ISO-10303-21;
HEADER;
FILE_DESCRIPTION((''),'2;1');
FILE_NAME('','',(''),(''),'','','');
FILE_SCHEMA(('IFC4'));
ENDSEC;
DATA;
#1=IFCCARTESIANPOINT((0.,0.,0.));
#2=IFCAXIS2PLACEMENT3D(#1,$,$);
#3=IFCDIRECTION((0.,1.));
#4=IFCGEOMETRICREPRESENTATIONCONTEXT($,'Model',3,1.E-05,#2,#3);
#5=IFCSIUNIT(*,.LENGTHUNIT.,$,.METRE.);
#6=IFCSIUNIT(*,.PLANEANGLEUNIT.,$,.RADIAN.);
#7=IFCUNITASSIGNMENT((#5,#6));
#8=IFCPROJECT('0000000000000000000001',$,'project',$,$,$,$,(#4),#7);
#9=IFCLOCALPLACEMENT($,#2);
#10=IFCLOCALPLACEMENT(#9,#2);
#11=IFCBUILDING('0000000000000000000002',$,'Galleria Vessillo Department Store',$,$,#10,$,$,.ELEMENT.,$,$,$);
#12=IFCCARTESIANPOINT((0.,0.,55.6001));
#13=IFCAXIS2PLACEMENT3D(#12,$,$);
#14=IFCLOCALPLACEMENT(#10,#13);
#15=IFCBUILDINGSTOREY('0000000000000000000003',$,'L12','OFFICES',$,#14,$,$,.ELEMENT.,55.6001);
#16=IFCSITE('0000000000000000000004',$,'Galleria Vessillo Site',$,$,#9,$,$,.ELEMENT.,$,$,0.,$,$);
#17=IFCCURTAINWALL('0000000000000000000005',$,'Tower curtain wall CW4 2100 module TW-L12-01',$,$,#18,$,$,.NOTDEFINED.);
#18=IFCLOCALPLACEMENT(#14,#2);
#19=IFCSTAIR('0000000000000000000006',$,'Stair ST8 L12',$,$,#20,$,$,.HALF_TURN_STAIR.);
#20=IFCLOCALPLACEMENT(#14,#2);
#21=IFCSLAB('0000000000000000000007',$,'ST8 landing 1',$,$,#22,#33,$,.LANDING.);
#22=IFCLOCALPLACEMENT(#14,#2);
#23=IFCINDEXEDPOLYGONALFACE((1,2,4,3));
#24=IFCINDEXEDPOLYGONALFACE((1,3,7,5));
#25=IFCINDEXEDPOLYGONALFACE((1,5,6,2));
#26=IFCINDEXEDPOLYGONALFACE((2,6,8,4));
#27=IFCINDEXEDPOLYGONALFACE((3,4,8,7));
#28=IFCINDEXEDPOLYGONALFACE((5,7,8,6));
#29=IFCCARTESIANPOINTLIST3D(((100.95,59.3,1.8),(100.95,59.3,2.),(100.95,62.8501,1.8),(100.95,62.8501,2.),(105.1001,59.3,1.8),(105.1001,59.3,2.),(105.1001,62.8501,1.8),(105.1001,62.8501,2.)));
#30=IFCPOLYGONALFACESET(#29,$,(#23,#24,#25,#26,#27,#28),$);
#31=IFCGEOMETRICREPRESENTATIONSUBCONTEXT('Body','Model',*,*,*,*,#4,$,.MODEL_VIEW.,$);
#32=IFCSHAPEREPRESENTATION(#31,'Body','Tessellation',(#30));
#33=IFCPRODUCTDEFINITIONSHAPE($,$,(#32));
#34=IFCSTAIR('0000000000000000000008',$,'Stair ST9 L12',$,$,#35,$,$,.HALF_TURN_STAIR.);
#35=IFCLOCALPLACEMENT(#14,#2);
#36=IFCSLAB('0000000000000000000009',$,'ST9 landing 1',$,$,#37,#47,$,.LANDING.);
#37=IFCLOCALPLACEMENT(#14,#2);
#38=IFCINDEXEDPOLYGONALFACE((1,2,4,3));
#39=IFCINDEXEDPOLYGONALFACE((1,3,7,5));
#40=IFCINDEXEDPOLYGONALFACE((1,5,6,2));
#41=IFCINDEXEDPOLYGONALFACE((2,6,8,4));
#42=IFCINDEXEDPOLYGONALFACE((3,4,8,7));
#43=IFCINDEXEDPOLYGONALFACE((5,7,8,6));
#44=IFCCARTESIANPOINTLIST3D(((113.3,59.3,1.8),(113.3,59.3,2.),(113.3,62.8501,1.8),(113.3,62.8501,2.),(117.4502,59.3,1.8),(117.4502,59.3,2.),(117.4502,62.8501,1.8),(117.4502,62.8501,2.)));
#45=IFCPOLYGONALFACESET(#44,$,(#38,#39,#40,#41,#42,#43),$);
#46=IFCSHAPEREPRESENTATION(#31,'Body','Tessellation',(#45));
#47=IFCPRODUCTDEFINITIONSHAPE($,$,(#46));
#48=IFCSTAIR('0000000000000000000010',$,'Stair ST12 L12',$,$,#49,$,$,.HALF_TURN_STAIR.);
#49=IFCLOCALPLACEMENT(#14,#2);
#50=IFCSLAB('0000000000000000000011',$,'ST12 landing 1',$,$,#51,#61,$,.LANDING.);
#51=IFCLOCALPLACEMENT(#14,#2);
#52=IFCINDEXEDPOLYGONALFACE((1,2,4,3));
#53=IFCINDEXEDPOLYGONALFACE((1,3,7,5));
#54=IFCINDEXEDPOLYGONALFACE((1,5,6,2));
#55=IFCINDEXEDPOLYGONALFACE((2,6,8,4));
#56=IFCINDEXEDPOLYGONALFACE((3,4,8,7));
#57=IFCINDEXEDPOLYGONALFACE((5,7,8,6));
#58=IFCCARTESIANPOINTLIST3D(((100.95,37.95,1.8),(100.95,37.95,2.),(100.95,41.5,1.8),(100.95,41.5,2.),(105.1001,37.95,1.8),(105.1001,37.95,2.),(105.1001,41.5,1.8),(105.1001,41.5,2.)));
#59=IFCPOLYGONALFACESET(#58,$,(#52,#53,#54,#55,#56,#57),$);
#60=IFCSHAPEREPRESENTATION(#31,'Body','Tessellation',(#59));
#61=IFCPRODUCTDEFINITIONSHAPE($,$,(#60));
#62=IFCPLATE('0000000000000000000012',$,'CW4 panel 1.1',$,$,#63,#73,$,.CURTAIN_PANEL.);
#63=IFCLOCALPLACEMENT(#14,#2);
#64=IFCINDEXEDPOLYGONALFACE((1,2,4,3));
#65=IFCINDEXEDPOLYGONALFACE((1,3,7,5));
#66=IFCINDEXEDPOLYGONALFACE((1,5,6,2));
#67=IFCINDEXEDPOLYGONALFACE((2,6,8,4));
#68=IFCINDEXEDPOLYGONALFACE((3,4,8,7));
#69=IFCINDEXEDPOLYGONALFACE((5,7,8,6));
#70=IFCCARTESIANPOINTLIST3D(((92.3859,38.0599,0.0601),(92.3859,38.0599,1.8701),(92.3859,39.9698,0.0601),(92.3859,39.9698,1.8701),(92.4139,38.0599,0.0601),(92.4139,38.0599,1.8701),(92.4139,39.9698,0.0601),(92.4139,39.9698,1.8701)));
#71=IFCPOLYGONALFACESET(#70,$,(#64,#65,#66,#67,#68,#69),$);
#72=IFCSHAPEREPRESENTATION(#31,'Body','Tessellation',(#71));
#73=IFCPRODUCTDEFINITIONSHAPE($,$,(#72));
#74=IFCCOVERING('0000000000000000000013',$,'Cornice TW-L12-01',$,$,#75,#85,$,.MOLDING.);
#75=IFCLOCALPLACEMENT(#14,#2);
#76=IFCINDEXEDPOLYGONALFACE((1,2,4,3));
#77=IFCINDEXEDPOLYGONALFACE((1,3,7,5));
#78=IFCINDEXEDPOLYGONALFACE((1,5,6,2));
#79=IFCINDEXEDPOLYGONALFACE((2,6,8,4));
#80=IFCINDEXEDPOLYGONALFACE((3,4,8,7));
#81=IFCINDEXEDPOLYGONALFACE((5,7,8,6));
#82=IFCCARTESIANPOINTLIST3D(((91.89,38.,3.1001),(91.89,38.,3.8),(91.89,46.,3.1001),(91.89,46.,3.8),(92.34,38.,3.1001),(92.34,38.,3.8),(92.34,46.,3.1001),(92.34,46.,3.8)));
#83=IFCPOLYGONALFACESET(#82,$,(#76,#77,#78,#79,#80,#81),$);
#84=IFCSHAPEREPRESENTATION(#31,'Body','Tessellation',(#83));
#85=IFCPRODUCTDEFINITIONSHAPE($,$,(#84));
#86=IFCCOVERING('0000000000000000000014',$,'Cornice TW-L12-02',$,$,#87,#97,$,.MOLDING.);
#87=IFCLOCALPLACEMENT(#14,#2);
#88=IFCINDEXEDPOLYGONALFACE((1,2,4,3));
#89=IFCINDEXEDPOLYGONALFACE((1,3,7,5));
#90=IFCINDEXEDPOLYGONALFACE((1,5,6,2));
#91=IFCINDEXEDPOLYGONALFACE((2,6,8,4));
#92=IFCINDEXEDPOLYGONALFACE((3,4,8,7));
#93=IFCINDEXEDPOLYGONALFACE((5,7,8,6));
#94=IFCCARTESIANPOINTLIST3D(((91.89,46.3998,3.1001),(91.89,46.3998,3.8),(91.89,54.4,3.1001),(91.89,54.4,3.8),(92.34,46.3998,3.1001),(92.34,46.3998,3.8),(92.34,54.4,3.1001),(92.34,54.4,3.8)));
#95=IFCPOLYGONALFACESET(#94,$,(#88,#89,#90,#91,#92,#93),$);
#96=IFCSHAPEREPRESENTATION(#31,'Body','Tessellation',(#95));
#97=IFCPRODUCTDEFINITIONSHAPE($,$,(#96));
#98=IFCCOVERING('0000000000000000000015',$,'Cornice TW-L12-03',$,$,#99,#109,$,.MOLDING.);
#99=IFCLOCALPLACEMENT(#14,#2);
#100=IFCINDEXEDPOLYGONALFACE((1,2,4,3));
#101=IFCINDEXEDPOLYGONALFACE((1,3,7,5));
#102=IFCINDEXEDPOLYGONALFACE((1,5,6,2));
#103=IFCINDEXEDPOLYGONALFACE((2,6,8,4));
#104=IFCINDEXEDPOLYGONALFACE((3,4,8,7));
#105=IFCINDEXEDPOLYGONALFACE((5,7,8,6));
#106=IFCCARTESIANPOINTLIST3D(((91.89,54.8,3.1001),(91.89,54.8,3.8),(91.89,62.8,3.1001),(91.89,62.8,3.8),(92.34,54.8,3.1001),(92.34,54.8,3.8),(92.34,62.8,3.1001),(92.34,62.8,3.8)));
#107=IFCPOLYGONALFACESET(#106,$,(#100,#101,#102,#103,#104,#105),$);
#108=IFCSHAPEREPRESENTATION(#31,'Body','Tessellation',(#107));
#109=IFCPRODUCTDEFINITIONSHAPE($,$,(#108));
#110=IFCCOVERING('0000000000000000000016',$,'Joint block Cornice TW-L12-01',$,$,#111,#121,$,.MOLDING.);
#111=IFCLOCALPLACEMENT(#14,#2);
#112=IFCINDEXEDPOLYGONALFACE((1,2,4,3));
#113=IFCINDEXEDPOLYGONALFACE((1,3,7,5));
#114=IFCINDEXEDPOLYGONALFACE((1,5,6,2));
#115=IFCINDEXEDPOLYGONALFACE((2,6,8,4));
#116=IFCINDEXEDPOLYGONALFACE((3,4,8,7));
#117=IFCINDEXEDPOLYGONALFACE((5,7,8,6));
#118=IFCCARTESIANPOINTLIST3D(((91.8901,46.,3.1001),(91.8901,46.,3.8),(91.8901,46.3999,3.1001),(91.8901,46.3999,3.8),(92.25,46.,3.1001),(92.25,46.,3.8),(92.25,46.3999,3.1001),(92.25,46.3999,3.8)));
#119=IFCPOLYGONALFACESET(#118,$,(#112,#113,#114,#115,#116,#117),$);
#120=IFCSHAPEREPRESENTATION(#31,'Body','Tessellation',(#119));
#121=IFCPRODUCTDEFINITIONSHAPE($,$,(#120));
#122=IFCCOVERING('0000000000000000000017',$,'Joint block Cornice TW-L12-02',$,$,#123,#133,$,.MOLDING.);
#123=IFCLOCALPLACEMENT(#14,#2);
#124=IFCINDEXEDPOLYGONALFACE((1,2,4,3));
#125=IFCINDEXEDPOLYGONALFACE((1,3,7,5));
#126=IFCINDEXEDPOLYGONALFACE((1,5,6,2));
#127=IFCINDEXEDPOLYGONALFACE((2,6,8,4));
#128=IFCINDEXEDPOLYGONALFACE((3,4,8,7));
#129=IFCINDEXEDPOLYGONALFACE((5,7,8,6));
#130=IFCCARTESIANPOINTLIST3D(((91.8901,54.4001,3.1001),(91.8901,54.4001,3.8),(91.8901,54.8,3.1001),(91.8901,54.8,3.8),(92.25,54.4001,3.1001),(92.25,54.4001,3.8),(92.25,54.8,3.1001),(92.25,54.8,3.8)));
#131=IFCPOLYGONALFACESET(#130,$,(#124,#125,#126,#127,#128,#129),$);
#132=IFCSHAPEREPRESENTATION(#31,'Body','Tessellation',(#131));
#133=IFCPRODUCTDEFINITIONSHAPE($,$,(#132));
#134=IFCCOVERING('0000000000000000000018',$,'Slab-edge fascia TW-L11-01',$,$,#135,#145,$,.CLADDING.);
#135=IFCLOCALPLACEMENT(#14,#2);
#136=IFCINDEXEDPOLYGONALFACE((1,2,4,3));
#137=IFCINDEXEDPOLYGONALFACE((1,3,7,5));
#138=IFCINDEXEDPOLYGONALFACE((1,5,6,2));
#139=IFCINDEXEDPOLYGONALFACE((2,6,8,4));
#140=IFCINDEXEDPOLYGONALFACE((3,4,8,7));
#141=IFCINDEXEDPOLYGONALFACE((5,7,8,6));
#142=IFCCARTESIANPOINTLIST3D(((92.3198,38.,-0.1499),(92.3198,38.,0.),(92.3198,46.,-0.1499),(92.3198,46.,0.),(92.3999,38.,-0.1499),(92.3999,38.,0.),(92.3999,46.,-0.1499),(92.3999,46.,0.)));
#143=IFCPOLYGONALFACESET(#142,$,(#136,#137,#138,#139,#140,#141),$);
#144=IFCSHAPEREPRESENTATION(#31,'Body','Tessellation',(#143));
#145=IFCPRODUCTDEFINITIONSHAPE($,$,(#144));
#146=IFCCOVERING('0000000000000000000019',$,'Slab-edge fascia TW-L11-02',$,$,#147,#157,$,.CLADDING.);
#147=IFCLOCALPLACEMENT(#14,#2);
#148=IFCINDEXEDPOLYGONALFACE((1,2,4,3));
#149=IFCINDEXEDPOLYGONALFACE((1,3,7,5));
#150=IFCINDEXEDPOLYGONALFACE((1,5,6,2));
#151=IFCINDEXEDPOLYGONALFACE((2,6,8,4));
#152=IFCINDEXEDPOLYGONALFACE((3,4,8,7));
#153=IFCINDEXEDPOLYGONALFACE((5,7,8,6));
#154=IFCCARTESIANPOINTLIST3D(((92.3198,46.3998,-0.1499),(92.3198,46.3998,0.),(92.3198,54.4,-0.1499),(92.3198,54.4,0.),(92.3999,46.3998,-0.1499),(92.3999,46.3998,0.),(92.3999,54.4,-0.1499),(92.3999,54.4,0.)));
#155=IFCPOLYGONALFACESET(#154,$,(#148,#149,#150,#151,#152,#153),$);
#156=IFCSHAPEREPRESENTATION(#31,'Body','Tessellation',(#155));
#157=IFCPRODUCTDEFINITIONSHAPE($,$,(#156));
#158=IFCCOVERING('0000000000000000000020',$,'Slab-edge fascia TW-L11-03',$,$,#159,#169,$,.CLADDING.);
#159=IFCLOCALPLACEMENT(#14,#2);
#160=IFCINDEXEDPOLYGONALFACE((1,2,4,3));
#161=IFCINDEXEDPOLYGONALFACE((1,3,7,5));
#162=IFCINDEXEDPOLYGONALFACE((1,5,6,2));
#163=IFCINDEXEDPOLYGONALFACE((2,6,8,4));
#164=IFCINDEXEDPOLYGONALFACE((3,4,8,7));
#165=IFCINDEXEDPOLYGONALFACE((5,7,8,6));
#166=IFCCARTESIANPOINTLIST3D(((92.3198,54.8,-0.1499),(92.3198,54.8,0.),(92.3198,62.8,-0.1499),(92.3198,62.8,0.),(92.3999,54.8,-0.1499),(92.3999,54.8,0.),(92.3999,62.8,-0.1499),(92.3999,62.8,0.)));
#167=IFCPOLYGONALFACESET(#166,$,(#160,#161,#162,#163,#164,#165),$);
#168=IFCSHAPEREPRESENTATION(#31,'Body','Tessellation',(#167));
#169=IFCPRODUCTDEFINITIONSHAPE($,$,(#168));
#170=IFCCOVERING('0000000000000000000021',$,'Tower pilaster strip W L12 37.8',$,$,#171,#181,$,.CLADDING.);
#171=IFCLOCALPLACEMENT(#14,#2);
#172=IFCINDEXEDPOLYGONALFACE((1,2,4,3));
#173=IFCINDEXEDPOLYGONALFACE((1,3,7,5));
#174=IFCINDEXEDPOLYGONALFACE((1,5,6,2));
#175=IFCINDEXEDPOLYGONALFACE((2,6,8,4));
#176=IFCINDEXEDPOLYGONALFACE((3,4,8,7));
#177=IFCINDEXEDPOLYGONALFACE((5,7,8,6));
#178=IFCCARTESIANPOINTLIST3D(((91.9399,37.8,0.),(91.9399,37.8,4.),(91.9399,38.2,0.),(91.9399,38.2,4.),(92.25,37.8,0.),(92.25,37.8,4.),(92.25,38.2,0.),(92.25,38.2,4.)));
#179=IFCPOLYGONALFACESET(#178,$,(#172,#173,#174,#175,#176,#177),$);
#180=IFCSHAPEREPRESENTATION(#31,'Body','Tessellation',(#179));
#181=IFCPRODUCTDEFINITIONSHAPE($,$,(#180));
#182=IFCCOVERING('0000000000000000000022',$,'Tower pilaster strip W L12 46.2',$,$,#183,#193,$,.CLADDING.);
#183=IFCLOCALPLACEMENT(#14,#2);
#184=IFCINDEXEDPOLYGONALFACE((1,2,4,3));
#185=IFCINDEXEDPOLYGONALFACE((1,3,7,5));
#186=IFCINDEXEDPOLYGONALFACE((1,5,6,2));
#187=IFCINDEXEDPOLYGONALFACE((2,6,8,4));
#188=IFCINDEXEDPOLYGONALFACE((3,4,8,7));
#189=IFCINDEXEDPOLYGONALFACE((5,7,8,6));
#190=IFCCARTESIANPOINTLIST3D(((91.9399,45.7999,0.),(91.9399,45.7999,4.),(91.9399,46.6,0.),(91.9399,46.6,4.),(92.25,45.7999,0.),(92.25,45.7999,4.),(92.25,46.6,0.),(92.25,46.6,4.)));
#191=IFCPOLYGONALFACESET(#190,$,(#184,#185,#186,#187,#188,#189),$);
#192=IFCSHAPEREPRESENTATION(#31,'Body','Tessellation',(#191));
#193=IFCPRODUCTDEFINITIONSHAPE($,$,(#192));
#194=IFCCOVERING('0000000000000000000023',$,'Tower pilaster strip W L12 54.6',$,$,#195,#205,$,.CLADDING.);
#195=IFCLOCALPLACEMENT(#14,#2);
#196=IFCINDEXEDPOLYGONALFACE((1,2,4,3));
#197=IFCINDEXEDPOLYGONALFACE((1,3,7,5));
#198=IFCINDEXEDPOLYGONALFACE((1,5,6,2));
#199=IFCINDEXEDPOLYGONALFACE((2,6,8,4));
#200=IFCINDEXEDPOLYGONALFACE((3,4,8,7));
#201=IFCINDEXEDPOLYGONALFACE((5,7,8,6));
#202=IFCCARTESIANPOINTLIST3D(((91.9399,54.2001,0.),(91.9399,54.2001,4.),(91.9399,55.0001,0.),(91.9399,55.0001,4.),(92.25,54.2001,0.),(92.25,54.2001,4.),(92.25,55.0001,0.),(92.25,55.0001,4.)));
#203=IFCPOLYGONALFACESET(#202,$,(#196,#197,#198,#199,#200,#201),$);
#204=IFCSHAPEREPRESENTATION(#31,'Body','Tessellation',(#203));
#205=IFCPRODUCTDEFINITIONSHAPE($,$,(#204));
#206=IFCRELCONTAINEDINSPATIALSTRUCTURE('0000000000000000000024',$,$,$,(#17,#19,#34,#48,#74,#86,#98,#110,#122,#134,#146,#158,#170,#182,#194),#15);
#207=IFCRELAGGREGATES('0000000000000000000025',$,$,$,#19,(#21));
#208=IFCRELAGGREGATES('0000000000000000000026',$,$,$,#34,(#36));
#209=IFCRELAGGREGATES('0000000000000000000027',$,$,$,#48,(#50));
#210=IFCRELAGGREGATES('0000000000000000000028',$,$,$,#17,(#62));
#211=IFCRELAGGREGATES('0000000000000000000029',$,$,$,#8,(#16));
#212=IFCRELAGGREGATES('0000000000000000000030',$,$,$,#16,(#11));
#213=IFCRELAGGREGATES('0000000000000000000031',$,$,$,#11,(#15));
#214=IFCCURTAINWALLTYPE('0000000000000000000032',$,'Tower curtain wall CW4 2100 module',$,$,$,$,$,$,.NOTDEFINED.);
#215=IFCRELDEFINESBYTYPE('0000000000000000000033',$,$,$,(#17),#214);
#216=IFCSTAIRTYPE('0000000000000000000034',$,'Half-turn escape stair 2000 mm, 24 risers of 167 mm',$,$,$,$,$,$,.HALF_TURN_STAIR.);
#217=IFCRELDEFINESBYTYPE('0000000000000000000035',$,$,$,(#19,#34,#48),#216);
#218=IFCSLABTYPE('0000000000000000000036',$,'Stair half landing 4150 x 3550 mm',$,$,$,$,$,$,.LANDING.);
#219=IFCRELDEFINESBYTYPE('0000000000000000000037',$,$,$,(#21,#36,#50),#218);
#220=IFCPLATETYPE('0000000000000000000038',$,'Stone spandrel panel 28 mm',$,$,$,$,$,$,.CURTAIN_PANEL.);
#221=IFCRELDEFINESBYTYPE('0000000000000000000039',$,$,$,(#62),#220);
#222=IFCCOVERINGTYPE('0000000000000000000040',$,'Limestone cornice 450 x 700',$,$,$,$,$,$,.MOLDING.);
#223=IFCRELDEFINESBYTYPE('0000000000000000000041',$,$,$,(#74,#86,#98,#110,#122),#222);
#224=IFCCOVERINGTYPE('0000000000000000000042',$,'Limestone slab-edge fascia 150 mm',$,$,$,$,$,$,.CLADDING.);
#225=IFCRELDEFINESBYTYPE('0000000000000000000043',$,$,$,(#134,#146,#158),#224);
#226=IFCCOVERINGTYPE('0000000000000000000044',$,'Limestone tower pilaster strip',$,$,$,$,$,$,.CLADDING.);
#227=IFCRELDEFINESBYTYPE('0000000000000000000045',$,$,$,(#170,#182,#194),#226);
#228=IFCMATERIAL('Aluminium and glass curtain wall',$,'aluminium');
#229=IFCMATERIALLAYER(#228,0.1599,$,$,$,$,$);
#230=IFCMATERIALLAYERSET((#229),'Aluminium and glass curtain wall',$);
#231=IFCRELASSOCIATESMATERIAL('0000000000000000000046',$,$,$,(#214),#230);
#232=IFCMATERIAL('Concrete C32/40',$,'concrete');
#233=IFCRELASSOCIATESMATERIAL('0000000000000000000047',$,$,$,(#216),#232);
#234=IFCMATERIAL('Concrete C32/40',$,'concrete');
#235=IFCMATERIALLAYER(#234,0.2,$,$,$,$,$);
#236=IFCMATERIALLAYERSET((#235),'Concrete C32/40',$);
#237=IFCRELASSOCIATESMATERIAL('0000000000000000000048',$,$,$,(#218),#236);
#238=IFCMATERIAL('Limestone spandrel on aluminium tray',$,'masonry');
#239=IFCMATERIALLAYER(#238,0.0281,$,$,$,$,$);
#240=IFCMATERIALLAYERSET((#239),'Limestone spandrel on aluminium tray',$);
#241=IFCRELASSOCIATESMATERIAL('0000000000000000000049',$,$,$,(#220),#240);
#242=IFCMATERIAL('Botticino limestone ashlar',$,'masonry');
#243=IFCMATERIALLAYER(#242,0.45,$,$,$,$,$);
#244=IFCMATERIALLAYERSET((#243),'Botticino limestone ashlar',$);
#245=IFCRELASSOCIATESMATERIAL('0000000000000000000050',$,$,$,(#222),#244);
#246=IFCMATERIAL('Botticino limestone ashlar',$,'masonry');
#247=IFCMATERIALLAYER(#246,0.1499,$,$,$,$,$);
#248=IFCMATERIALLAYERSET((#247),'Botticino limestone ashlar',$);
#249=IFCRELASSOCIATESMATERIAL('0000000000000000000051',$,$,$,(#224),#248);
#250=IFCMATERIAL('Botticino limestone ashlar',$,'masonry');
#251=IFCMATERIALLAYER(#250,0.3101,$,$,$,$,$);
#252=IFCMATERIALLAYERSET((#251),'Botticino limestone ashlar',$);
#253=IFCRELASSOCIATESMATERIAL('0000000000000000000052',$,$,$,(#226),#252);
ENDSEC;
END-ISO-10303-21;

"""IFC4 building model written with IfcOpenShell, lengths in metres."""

from ifc_helpers import new_model, si_unit, direction, frame, origin, origin_2d, place, context, subcontext, project, spatial, polyline, rectangle, outline, extrude, material, layer, layer_set, type_object, element, aggregate, save


model = new_model("IFC4")

# Units and contexts
model_context = context("Model", 3, precision=1e-05, world=origin(), true_north=direction((0.0, 1.0)))
body_context = subcontext(model_context, "Body", "Model", "MODEL_VIEW")
ifc_project = project(units=[si_unit("LENGTHUNIT", "METRE"), si_unit("PLANEANGLEUNIT", "RADIAN")], contexts=[model_context])

# Site, building, storey
site_placement = place(None, origin())
site = spatial("IfcSite", under=ifc_project, at=site_placement, Name="Galleria Vessillo Site", CompositionType="ELEMENT", RefElevation=0.0)
building_placement = place(site_placement, origin())
building = spatial("IfcBuilding", under=site, at=building_placement, Name="Galleria Vessillo Department Store", CompositionType="ELEMENT")
storey_placement = place(building_placement, frame((0.0, 0.0, 55.6001)))
storey = spatial("IfcBuildingStorey", under=building, at=storey_placement, Name="L12", Description="OFFICES", CompositionType="ELEMENT", Elevation=55.6001)

# Curtain wall
ifc_material_1 = material(Name="Aluminium and glass curtain wall", Category="aluminium")
ifc_layer_1 = layer(ifc_material_1, 0.1599)
ifc_layer_set_1 = layer_set([ifc_layer_1], Name="Aluminium and glass curtain wall")
curtain_wall_type = type_object("IfcCurtainWallType", Name="Tower curtain wall CW4 2100 module", PredefinedType="NOTDEFINED", material=ifc_layer_set_1)
curtain_wall_placement = place(storey_placement, origin())
curtain_wall = element("IfcCurtainWall", 1, at=curtain_wall_placement, inside=storey, type_object=curtain_wall_type, Name="Tower curtain wall CW4 2100 module TW-L12-01", PredefinedType="NOTDEFINED")

# Stairs, slabs
ifc_material_2 = material(Name="Concrete C32/40", Category="concrete")
stair_type = type_object("IfcStairType", Name="Half-turn escape stair 2000 mm, 24 risers of 167 mm", PredefinedType="HALF_TURN_STAIR", material=ifc_material_2)
stair_1_placement = place(storey_placement, origin())
stair_1 = element("IfcStair", 2, at=stair_1_placement, inside=storey, type_object=stair_type, Name="Stair ST8 L12", PredefinedType="HALF_TURN_STAIR")
ifc_material_3 = material(Name="Concrete C32/40", Category="concrete")
ifc_layer_2 = layer(ifc_material_3, 0.2)
ifc_layer_set_2 = layer_set([ifc_layer_2], Name="Concrete C32/40")
slab_type_1 = type_object("IfcSlabType", Name="Stair half landing 4150 x 3550 mm", PredefinedType="LANDING", material=ifc_layer_set_2)
slab_1_placement = place(storey_placement, frame((0.0, 0.0, 1.8)))
slab_1 = element("IfcSlab", 3, at=slab_1_placement, type_object=slab_type_1, Name="ST8 landing 1", PredefinedType="LANDING", context=body_context, shape_type="SweptSolid", body=[
    extrude(outline(polyline([(100.95, 59.3), (100.95, 62.8501), (105.1001, 62.8501), (105.1001, 59.3), (100.95, 59.3)])), origin(), (0.0, 0.0, 1.0), 0.2),
])
aggregate(stair_1, [slab_1])
stair_2_placement = place(storey_placement, origin())
stair_2 = element("IfcStair", 4, at=stair_2_placement, inside=storey, type_object=stair_type, Name="Stair ST9 L12", PredefinedType="HALF_TURN_STAIR")
slab_2_placement = place(storey_placement, frame((0.0, 0.0, 1.8)))
slab_2 = element("IfcSlab", 5, at=slab_2_placement, type_object=slab_type_1, Name="ST9 landing 1", PredefinedType="LANDING", context=body_context, shape_type="SweptSolid", body=[
    extrude(outline(polyline([(113.3, 59.3), (113.3, 62.8501), (117.4502, 62.8501), (117.4502, 59.3), (113.3, 59.3)])), origin(), (0.0, 0.0, 1.0), 0.2),
])
aggregate(stair_2, [slab_2])
stair_3_placement = place(storey_placement, origin())
stair_3 = element("IfcStair", 6, at=stair_3_placement, inside=storey, type_object=stair_type, Name="Stair ST12 L12", PredefinedType="HALF_TURN_STAIR")
slab_3_placement = place(storey_placement, frame((0.0, 0.0, 1.8)))
slab_3 = element("IfcSlab", 7, at=slab_3_placement, type_object=slab_type_1, Name="ST12 landing 1", PredefinedType="LANDING", context=body_context, shape_type="SweptSolid", body=[
    extrude(outline(polyline([(100.95, 37.95), (100.95, 41.5), (105.1001, 41.5), (105.1001, 37.95), (100.95, 37.95)])), origin(), (0.0, 0.0, 1.0), 0.2),
])
aggregate(stair_3, [slab_3])

# Plate
ifc_material_4 = material(Name="Limestone spandrel on aluminium tray", Category="masonry")
ifc_layer_3 = layer(ifc_material_4, 0.0281)
ifc_layer_set_3 = layer_set([ifc_layer_3], Name="Limestone spandrel on aluminium tray")
plate_type_1 = type_object("IfcPlateType", Name="Stone spandrel panel 28 mm", PredefinedType="CURTAIN_PANEL", material=ifc_layer_set_3)
plate_1_placement = place(storey_placement, frame((92.3999, 39.0149, 0.0601), z_axis=(0.0, 0.0, 1.0), x_axis=(0.0, 1.0, 0.0)))
plate_1 = element("IfcPlate", 8, at=plate_1_placement, type_object=plate_type_1, Name="CW4 panel 1.1", PredefinedType="CURTAIN_PANEL", context=body_context, shape_type="SweptSolid", body=[
    extrude(rectangle(XDim=1.9099, YDim=0.0281, at=origin_2d()), origin(), (0.0, 0.0, 1.0), 1.8101),
])
aggregate(curtain_wall, [plate_1])

# Coverings
ifc_material_5 = material(Name="Botticino limestone ashlar", Category="masonry")
ifc_layer_4 = layer(ifc_material_5, 0.45)
ifc_layer_set_4 = layer_set([ifc_layer_4], Name="Botticino limestone ashlar")
covering_type_1 = type_object("IfcCoveringType", Name="Limestone cornice 450 x 700", PredefinedType="MOLDING", material=ifc_layer_set_4)
covering_1_placement = place(storey_placement, frame((92.115, 42.0, 3.1001), z_axis=(0.0, 0.0, 1.0), x_axis=(1.0, 0.0, 0.0)))
element("IfcCovering", 9, at=covering_1_placement, inside=storey, type_object=covering_type_1, Name="Cornice TW-L12-01", PredefinedType="MOLDING", context=body_context, shape_type="SweptSolid", body=[
    extrude(rectangle(XDim=0.45, YDim=8.0, at=origin_2d()), origin(), (0.0, 0.0, 1.0), 0.7),
])
covering_2_placement = place(storey_placement, frame((92.115, 50.3999, 3.1001), z_axis=(0.0, 0.0, 1.0), x_axis=(1.0, 0.0, 0.0)))
element("IfcCovering", 10, at=covering_2_placement, inside=storey, type_object=covering_type_1, Name="Cornice TW-L12-02", PredefinedType="MOLDING", context=body_context, shape_type="SweptSolid", body=[
    extrude(rectangle(XDim=0.45, YDim=8.0002, at=origin_2d()), origin(), (0.0, 0.0, 1.0), 0.7),
])
covering_3_placement = place(storey_placement, frame((92.115, 58.8, 3.1001), z_axis=(0.0, 0.0, 1.0), x_axis=(1.0, 0.0, 0.0)))
element("IfcCovering", 11, at=covering_3_placement, inside=storey, type_object=covering_type_1, Name="Cornice TW-L12-03", PredefinedType="MOLDING", context=body_context, shape_type="SweptSolid", body=[
    extrude(rectangle(XDim=0.45, YDim=8.0, at=origin_2d()), origin(), (0.0, 0.0, 1.0), 0.7),
])
for number, where, z_axis, x_axis, name in (
    (12, (92.0701, 46.2, 3.1001), (0.0, 0.0, 1.0), (1.0, 0.0, 0.0), "Joint block Cornice TW-L12-01"),
    (13, (92.0701, 54.6001, 3.1001), (0.0, 0.0, 1.0), (1.0, 0.0, 0.0), "Joint block Cornice TW-L12-02"),
):
    element("IfcCovering", number, at=place(storey_placement, frame(where, z_axis=z_axis, x_axis=x_axis)), inside=storey, type_object=covering_type_1, Name=name, PredefinedType="MOLDING", context=body_context, shape_type="SweptSolid", body=[
        extrude(rectangle(XDim=0.3599, YDim=0.3999, at=origin_2d()), origin(), (0.0, 0.0, 1.0), 0.7),
    ])
ifc_material_6 = material(Name="Botticino limestone ashlar", Category="masonry")
ifc_layer_5 = layer(ifc_material_6, 0.1499)
ifc_layer_set_5 = layer_set([ifc_layer_5], Name="Botticino limestone ashlar")
covering_type_2 = type_object("IfcCoveringType", Name="Limestone slab-edge fascia 150 mm", PredefinedType="CLADDING", material=ifc_layer_set_5)
covering_4_placement = place(storey_placement, frame((92.3599, 42.0, -0.1499), z_axis=(0.0, 0.0, 1.0), x_axis=(1.0, 0.0, 0.0)))
element("IfcCovering", 14, at=covering_4_placement, inside=storey, type_object=covering_type_2, Name="Slab-edge fascia TW-L11-01", PredefinedType="CLADDING", context=body_context, shape_type="SweptSolid", body=[
    extrude(rectangle(XDim=0.0801, YDim=8.0, at=origin_2d()), origin(), (0.0, 0.0, 1.0), 0.1499),
])
covering_5_placement = place(storey_placement, frame((92.3599, 50.3999, -0.1499), z_axis=(0.0, 0.0, 1.0), x_axis=(1.0, 0.0, 0.0)))
element("IfcCovering", 15, at=covering_5_placement, inside=storey, type_object=covering_type_2, Name="Slab-edge fascia TW-L11-02", PredefinedType="CLADDING", context=body_context, shape_type="SweptSolid", body=[
    extrude(rectangle(XDim=0.0801, YDim=8.0002, at=origin_2d()), origin(), (0.0, 0.0, 1.0), 0.1499),
])
covering_6_placement = place(storey_placement, frame((92.3599, 58.8, -0.1499), z_axis=(0.0, 0.0, 1.0), x_axis=(1.0, 0.0, 0.0)))
element("IfcCovering", 16, at=covering_6_placement, inside=storey, type_object=covering_type_2, Name="Slab-edge fascia TW-L11-03", PredefinedType="CLADDING", context=body_context, shape_type="SweptSolid", body=[
    extrude(rectangle(XDim=0.0801, YDim=8.0, at=origin_2d()), origin(), (0.0, 0.0, 1.0), 0.1499),
])
ifc_material_7 = material(Name="Botticino limestone ashlar", Category="masonry")
ifc_layer_6 = layer(ifc_material_7, 0.3101)
ifc_layer_set_6 = layer_set([ifc_layer_6], Name="Botticino limestone ashlar")
covering_type_3 = type_object("IfcCoveringType", Name="Limestone tower pilaster strip", PredefinedType="CLADDING", material=ifc_layer_set_6)
covering_7_placement = place(storey_placement, frame((92.095, 38.0, 0.0), z_axis=(0.0, 0.0, 1.0), x_axis=(1.0, 0.0, 0.0)))
element("IfcCovering", 17, at=covering_7_placement, inside=storey, type_object=covering_type_3, Name="Tower pilaster strip W L12 37.8", PredefinedType="CLADDING", context=body_context, shape_type="SweptSolid", body=[
    extrude(rectangle(XDim=0.3101, YDim=0.3999, at=origin_2d()), origin(), (0.0, 0.0, 1.0), 4.0),
])
for number, where, z_axis, x_axis, name in (
    (18, (92.095, 46.2, 0.0), (0.0, 0.0, 1.0), (1.0, 0.0, 0.0), "Tower pilaster strip W L12 46.2"),
    (19, (92.095, 54.6001, 0.0), (0.0, 0.0, 1.0), (1.0, 0.0, 0.0), "Tower pilaster strip W L12 54.6"),
):
    element("IfcCovering", number, at=place(storey_placement, frame(where, z_axis=z_axis, x_axis=x_axis)), inside=storey, type_object=covering_type_3, Name=name, PredefinedType="CLADDING", context=body_context, shape_type="SweptSolid", body=[
        extrude(rectangle(XDim=0.3101, YDim=0.8, at=origin_2d()), origin(), (0.0, 0.0, 1.0), 4.0),
    ])

save(model, "model.ifc")
